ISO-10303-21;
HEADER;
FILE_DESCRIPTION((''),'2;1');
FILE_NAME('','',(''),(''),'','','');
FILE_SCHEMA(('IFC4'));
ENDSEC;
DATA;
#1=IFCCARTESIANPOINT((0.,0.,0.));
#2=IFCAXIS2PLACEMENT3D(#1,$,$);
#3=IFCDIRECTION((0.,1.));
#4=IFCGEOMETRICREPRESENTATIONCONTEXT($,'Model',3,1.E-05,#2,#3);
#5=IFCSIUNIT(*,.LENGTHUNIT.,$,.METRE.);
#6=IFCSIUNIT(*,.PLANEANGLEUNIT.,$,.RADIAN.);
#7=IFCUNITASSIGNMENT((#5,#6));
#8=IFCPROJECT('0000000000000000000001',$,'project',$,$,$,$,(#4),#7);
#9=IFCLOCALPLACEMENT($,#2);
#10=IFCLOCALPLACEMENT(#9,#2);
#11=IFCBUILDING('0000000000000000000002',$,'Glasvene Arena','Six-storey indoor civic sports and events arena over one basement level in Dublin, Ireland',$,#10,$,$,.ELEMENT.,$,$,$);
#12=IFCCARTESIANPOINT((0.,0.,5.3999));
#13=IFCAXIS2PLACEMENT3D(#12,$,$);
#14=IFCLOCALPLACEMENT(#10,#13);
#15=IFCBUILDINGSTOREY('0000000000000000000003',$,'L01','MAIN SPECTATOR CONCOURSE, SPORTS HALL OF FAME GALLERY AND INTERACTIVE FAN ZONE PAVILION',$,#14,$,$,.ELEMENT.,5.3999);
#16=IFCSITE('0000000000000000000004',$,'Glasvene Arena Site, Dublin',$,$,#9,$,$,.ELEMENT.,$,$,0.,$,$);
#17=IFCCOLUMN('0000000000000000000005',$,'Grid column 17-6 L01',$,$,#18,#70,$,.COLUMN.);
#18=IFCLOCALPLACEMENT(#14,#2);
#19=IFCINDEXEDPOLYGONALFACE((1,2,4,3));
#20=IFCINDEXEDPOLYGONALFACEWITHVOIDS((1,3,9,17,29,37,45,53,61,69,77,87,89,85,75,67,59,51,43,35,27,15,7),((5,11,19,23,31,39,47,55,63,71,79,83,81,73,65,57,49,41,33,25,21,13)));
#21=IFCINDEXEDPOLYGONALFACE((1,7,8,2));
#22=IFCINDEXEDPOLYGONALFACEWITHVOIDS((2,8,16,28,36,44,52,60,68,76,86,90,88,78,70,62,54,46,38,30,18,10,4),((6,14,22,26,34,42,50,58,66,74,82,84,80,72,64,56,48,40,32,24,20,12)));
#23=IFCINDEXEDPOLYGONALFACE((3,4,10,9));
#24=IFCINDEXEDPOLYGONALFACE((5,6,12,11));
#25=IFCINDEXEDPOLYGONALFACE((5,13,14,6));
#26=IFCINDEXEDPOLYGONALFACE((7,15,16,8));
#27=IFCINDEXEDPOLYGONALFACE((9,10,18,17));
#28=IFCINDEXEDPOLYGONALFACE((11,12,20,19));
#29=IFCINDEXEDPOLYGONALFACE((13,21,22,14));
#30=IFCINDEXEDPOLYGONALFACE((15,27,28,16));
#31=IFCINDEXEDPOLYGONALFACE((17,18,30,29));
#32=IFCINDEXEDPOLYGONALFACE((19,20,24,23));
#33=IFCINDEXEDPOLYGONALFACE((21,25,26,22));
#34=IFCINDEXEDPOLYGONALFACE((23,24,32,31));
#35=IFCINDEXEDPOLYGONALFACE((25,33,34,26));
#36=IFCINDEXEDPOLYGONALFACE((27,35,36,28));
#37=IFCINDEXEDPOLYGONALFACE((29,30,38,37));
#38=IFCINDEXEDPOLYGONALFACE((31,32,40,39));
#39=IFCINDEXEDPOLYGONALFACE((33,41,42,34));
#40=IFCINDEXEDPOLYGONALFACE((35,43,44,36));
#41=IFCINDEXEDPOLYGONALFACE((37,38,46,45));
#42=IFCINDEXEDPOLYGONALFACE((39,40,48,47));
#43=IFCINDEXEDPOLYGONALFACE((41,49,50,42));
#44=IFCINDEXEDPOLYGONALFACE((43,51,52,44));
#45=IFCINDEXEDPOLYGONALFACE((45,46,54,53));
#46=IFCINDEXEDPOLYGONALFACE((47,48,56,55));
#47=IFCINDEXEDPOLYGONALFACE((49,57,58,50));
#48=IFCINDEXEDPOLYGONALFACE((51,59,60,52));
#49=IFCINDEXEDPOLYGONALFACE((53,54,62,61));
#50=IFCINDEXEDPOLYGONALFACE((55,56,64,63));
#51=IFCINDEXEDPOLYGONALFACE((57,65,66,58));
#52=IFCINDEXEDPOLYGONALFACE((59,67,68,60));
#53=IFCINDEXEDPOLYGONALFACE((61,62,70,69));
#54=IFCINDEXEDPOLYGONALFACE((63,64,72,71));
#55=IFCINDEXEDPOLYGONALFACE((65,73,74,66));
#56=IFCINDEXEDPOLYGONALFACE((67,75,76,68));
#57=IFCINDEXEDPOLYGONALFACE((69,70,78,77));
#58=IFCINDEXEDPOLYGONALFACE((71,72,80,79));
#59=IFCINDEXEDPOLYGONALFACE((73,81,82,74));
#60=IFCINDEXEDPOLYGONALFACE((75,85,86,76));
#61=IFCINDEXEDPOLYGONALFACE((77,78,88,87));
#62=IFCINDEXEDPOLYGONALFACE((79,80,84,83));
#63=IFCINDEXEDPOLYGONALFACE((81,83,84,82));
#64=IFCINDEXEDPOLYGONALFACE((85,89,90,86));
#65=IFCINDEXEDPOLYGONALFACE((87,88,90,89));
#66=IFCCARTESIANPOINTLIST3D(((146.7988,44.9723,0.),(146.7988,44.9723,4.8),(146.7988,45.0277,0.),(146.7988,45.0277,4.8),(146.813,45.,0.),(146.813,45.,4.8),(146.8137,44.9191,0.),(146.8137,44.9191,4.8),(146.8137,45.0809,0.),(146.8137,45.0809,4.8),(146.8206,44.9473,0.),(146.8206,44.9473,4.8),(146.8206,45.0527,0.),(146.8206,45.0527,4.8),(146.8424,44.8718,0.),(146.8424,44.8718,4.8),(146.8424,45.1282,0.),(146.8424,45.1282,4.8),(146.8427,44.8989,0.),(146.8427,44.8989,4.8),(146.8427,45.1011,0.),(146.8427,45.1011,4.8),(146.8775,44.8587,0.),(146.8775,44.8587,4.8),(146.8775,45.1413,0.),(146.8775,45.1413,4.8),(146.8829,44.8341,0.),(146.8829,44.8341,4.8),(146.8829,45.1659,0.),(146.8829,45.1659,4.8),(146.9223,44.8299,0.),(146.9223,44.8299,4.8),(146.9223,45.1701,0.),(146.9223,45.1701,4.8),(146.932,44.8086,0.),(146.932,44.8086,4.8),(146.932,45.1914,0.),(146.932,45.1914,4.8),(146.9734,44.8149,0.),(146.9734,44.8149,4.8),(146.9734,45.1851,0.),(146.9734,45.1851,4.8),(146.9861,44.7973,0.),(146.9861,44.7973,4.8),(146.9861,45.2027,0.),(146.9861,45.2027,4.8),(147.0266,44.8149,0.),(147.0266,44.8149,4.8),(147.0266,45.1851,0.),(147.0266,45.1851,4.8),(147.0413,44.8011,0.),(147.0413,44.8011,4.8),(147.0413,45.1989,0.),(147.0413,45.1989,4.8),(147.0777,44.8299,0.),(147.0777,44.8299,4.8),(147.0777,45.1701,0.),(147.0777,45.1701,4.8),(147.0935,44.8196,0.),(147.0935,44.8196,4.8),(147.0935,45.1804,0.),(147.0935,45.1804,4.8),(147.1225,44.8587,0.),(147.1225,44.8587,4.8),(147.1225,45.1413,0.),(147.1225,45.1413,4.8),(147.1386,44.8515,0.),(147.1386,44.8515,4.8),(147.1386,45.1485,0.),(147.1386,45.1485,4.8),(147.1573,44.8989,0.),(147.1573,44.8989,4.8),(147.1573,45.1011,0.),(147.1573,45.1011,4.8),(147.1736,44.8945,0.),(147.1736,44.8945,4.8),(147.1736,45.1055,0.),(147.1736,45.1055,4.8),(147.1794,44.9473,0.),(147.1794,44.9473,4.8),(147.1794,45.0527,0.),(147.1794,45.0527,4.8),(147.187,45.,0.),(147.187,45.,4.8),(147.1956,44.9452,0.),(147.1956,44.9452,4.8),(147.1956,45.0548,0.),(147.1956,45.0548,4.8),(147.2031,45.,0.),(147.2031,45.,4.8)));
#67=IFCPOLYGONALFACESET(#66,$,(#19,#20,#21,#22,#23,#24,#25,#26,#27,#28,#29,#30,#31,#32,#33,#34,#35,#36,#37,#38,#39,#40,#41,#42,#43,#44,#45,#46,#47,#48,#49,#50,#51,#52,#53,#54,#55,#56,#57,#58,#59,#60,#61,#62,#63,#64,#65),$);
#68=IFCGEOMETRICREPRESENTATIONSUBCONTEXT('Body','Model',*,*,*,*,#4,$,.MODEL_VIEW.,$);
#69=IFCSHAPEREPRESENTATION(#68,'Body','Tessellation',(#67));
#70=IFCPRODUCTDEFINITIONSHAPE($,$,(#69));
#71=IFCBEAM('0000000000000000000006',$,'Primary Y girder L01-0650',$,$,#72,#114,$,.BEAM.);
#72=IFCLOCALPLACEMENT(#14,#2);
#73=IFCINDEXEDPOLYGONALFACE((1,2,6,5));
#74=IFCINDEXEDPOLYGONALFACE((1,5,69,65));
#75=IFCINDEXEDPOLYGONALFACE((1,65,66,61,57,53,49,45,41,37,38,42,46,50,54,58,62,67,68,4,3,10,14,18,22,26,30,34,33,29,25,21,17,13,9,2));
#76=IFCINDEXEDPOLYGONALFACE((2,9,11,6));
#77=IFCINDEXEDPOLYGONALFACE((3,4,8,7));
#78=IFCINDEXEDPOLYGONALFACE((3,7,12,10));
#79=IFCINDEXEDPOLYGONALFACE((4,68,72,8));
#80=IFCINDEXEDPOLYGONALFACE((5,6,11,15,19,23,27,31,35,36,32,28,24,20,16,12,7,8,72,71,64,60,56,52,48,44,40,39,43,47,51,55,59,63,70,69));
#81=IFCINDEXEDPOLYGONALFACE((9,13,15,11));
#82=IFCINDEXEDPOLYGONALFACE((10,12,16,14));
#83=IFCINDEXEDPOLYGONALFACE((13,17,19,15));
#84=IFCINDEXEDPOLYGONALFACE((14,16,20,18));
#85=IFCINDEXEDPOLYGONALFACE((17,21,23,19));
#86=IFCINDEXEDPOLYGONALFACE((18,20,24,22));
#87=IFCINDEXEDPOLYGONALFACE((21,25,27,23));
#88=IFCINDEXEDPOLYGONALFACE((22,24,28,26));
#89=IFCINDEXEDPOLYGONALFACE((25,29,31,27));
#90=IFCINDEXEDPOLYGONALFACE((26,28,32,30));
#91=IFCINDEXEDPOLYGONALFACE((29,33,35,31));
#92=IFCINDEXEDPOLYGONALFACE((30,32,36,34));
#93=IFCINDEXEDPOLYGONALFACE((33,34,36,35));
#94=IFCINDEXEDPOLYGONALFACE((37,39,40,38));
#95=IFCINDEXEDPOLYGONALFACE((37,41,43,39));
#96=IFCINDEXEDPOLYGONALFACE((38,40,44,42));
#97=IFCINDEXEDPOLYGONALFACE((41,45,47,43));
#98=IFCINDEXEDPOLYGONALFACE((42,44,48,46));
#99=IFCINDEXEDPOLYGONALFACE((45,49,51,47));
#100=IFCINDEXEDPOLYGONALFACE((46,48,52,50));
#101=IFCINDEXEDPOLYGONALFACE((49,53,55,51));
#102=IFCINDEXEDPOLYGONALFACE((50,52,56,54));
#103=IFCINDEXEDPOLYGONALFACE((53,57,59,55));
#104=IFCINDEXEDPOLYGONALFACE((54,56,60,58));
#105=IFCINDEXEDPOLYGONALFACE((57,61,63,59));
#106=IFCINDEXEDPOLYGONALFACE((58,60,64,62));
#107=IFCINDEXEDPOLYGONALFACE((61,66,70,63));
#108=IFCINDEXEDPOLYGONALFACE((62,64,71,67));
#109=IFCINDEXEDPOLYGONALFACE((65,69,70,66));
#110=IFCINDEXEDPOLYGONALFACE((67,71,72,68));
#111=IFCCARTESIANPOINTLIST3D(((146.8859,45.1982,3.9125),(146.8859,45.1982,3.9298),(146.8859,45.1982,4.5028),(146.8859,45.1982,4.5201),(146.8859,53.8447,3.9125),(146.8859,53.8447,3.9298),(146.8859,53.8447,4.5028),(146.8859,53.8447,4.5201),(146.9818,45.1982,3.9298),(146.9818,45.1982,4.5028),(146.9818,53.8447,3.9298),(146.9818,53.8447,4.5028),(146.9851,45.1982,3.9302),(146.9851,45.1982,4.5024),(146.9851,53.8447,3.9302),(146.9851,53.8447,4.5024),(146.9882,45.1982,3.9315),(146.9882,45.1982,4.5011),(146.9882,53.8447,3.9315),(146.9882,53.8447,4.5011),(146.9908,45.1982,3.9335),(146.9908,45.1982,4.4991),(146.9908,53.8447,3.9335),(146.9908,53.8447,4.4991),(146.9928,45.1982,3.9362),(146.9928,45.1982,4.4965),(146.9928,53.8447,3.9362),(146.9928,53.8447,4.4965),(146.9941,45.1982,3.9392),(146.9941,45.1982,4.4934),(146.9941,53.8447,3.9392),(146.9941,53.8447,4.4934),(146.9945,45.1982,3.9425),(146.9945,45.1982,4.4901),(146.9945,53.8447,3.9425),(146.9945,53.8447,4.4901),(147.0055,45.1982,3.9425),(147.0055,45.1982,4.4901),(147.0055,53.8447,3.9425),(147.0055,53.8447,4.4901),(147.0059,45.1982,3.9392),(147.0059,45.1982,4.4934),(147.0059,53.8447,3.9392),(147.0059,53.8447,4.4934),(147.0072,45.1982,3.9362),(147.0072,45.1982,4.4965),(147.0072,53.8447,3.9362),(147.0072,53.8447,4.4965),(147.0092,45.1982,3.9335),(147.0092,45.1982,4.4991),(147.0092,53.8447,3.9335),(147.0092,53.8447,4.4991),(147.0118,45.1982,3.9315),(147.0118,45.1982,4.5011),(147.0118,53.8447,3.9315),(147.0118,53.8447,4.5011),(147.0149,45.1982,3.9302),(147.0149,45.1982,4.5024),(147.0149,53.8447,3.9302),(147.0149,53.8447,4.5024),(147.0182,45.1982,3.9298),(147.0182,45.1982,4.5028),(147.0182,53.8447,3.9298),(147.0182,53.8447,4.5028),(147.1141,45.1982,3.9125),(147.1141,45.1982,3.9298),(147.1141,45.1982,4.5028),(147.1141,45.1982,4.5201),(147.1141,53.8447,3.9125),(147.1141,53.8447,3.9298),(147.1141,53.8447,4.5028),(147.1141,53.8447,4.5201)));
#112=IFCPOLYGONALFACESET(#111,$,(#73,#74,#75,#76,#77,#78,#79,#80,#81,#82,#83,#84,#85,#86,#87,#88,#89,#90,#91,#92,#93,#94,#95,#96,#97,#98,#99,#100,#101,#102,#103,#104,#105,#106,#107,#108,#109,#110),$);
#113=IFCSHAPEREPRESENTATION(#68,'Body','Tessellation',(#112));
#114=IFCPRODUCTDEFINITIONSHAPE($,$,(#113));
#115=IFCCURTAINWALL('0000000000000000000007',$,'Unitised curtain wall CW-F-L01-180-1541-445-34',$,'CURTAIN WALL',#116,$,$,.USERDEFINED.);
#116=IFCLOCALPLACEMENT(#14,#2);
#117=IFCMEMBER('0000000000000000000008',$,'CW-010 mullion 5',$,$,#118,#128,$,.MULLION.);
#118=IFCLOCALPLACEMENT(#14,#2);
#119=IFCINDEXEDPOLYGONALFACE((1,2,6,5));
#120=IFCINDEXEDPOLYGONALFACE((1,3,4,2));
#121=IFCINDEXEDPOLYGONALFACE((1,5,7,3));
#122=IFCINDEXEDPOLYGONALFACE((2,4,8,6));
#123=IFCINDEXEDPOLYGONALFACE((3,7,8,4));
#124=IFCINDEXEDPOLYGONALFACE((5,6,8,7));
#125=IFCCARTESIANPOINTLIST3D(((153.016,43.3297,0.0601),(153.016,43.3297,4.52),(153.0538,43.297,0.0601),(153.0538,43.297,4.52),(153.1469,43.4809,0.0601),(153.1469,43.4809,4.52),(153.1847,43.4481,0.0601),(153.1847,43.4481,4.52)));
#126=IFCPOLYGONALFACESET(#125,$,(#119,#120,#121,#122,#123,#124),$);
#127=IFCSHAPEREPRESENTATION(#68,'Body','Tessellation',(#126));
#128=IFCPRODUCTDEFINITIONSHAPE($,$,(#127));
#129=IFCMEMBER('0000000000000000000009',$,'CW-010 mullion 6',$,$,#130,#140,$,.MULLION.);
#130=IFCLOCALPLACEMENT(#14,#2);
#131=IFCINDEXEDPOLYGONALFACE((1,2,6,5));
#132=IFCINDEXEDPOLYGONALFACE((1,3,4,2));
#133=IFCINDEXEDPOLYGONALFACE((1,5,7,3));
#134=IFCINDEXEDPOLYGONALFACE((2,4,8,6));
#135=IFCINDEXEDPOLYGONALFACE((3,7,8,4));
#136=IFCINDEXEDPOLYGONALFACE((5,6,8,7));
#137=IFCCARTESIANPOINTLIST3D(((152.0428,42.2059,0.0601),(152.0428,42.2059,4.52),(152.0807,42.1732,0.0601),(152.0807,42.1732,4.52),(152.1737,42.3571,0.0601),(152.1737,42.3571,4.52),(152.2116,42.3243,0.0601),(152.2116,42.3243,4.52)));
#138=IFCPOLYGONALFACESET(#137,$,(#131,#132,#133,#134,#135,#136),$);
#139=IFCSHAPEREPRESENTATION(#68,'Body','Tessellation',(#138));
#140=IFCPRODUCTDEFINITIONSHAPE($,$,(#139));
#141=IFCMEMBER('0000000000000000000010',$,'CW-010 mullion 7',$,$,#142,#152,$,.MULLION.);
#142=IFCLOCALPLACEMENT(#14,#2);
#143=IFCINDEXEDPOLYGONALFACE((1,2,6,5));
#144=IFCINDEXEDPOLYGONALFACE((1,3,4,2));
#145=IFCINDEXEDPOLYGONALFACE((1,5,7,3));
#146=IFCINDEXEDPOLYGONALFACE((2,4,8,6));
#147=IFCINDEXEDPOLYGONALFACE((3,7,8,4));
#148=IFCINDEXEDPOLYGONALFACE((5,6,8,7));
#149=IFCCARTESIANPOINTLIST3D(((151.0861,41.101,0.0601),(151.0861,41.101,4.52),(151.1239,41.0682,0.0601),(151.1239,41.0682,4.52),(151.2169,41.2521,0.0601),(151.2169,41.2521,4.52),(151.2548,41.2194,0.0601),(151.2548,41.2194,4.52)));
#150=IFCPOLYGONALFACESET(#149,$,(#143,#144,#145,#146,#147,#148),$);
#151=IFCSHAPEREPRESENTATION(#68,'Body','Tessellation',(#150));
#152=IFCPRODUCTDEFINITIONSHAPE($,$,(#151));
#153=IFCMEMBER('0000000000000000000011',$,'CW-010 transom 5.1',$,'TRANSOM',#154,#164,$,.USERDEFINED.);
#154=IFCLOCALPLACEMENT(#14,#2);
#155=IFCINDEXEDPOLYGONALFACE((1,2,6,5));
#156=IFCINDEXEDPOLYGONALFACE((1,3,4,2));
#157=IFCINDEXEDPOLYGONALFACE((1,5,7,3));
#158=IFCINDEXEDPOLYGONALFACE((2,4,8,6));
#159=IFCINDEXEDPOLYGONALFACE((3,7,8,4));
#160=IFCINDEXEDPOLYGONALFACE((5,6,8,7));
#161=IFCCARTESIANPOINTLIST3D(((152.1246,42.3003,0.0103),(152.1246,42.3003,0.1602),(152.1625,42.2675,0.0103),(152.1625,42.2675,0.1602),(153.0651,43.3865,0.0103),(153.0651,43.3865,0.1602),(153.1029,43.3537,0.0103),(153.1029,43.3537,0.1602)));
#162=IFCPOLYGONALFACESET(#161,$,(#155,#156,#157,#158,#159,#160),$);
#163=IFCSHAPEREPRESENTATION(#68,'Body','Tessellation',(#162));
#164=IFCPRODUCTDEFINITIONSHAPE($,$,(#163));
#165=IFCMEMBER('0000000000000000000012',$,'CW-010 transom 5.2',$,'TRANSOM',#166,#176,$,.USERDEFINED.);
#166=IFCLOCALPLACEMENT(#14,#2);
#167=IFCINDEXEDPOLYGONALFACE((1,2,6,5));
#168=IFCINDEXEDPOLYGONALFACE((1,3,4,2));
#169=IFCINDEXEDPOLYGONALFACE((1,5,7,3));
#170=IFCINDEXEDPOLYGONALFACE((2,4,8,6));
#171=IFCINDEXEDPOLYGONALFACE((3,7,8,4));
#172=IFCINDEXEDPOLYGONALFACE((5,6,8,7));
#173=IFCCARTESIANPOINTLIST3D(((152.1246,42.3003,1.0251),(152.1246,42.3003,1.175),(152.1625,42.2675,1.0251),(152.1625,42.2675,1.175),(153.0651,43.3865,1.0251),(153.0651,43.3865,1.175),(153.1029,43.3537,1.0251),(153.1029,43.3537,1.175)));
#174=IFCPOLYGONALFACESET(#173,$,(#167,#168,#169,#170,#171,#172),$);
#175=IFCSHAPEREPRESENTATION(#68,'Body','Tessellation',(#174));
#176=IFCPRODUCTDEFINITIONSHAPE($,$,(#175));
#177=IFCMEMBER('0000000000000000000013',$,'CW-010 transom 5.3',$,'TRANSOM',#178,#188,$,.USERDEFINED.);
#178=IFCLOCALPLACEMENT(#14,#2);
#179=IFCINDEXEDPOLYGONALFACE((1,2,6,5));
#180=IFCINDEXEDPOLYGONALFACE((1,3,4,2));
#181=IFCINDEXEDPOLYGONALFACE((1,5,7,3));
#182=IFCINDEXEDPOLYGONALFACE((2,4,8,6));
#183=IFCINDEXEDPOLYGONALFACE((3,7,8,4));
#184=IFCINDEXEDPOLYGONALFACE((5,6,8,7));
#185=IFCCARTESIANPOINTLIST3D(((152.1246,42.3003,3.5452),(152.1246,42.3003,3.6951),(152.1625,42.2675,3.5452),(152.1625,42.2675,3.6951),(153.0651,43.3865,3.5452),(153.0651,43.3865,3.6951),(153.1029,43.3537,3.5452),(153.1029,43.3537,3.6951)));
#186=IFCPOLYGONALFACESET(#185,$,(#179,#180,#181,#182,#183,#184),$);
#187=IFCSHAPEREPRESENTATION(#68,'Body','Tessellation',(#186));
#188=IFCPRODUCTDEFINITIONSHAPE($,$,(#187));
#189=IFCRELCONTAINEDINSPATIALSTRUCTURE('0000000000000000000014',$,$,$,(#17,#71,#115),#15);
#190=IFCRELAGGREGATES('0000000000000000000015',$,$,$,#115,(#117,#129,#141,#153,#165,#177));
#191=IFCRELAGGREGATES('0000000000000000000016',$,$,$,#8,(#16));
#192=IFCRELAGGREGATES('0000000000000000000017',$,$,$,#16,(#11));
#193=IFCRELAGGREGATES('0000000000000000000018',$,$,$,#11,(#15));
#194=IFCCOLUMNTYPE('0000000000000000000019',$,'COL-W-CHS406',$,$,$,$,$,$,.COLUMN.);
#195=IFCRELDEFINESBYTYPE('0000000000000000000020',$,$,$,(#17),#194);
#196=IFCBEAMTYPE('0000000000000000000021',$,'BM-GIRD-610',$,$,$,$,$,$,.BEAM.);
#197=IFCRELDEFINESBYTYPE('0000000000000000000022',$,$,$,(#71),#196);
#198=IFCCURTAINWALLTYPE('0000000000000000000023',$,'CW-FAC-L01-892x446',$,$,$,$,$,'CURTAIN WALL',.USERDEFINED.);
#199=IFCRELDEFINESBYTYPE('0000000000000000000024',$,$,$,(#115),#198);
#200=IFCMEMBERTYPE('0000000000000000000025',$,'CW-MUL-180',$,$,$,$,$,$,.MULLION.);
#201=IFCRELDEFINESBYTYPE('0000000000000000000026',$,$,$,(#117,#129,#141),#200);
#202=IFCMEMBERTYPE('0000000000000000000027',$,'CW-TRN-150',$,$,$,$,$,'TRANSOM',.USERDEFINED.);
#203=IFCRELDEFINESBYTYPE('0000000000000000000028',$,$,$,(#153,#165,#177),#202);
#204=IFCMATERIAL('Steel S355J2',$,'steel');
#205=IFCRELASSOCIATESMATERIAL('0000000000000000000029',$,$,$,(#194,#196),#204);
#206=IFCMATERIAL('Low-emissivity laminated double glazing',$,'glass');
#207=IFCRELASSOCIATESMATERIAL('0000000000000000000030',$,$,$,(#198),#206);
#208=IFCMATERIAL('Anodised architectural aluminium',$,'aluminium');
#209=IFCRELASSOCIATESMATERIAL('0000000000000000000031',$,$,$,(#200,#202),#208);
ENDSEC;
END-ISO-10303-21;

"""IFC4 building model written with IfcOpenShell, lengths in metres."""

from ifc_helpers import new_model, si_unit, direction, frame, origin, origin_2d, place, context, subcontext, project, spatial, rectangle, hollow_circle, i_section, extrude, material, material_profile, profile_set, type_object, element, aggregate, save


model = new_model("IFC4")

# Units and contexts
model_context = context("Model", 3, precision=1e-05, world=origin(), true_north=direction((0.0, 1.0)))
body_context = subcontext(model_context, "Body", "Model", "MODEL_VIEW")
ifc_project = project(units=[si_unit("LENGTHUNIT", "METRE"), si_unit("PLANEANGLEUNIT", "RADIAN")], contexts=[model_context])

# Site, building, storey
site_placement = place(None, origin())
site = spatial("IfcSite", under=ifc_project, at=site_placement, Name="Glasvene Arena Site, Dublin", CompositionType="ELEMENT", RefElevation=0.0)
building_placement = place(site_placement, origin())
building = spatial("IfcBuilding", under=site, at=building_placement, Name="Glasvene Arena", Description="Six-storey indoor civic sports and events arena over one basement level in Dublin, Ireland", CompositionType="ELEMENT")
storey_placement = place(building_placement, frame((0.0, 0.0, 5.3999)))
storey = spatial("IfcBuildingStorey", under=building, at=storey_placement, Name="L01", Description="MAIN SPECTATOR CONCOURSE, SPORTS HALL OF FAME GALLERY AND INTERACTIVE FAN ZONE PAVILION", CompositionType="ELEMENT", Elevation=5.3999)

# Column
ifc_material_1 = material(Name="Steel S355J2", Category="steel")
ifc_material_profile_1 = material_profile(ifc_material_1, hollow_circle(Radius=0.2031, WallThickness=0.0161, at=origin_2d()), Name="CHS 406.4x16.0")
ifc_profile_set_1 = profile_set([ifc_material_profile_1], Name="Steel S355J2")
column_type = type_object("IfcColumnType", Name="COL-W-CHS406", PredefinedType="COLUMN", material=ifc_profile_set_1)
column_placement = place(storey_placement, frame((147.0, 45.0, 0.0), z_axis=(0.0, 0.0, 1.0), x_axis=(1.0, 0.0, 0.0)))
element("IfcColumn", 1, at=column_placement, inside=storey, type_object=column_type, Name="Grid column 17-6 L01", PredefinedType="COLUMN", context=body_context, shape_type="SweptSolid", body=[
    extrude(hollow_circle(Radius=0.2031, WallThickness=0.0161, at=origin_2d()), origin(), (0.0, 0.0, 1.0), 4.8),
])

# Beam
ifc_material_profile_2 = material_profile(ifc_material_1, i_section(OverallWidth=0.2283, OverallDepth=0.6077, WebThickness=0.011, FlangeThickness=0.0173, FilletRadius=0.0127, at=origin_2d()), Name="UKB 610x229x113")
ifc_profile_set_2 = profile_set([ifc_material_profile_2], Name="Steel S355J2")
beam_type = type_object("IfcBeamType", Name="BM-GIRD-610", PredefinedType="BEAM", material=ifc_profile_set_2)
beam_placement = place(storey_placement, frame((147.0, 45.1982, 4.2163), z_axis=(0.0, 1.0, 0.0), x_axis=(-1.0, 0.0, 0.0)))
element("IfcBeam", 2, at=beam_placement, inside=storey, type_object=beam_type, Name="Primary Y girder L01-0650", PredefinedType="BEAM", context=body_context, shape_type="SweptSolid", body=[
    extrude(i_section(OverallWidth=0.2283, OverallDepth=0.6077, WebThickness=0.011, FlangeThickness=0.0173, FilletRadius=0.0127, at=origin_2d()), origin(), (0.0, 0.0, 1.0), 8.6465),
])

# Curtain wall, members
ifc_material_2 = material(Name="Low-emissivity laminated double glazing", Category="glass")
curtain_wall_type = type_object("IfcCurtainWallType", Name="CW-FAC-L01-892x446", ElementType="CURTAIN WALL", PredefinedType="USERDEFINED", material=ifc_material_2)
curtain_wall_placement = place(storey_placement, frame((156.9927, 47.8845, 0.0)))
curtain_wall = element("IfcCurtainWall", 3, at=curtain_wall_placement, inside=storey, type_object=curtain_wall_type, Name="Unitised curtain wall CW-F-L01-180-1541-445-34", ObjectType="CURTAIN WALL", PredefinedType="USERDEFINED")
ifc_material_3 = material(Name="Anodised architectural aluminium", Category="aluminium")
ifc_material_profile_3 = material_profile(ifc_material_3, rectangle(XDim=0.05, YDim=0.2, at=origin_2d()), Name="ALU MULLION 50x200")
ifc_profile_set_3 = profile_set([ifc_material_profile_3], Name="Anodised architectural aluminium")
member_type_1 = type_object("IfcMemberType", Name="CW-MUL-180", PredefinedType="MULLION", material=ifc_profile_set_3)
member_1_placement = place(storey_placement, frame((153.1003, 43.3889, 0.0601), z_axis=(0.0, 0.0, 1.0), x_axis=(0.755995, -0.654577, 0.0)))
member_1 = element("IfcMember", 4, at=member_1_placement, type_object=member_type_1, Name="CW-010 mullion 5", PredefinedType="MULLION", context=body_context, shape_type="SweptSolid", body=[
    extrude(rectangle(XDim=0.05, YDim=0.2, at=origin_2d()), origin(), (0.0, 0.0, 1.0), 4.46),
])
member_2_placement = place(storey_placement, frame((152.1272, 42.2651, 0.0601), z_axis=(0.0, 0.0, 1.0), x_axis=(0.755995, -0.654577, 0.0)))
member_2 = element("IfcMember", 5, at=member_2_placement, type_object=member_type_1, Name="CW-010 mullion 6", PredefinedType="MULLION", context=body_context, shape_type="SweptSolid", body=[
    extrude(rectangle(XDim=0.05, YDim=0.2, at=origin_2d()), origin(), (0.0, 0.0, 1.0), 4.46),
])
member_3_placement = place(storey_placement, frame((151.1704, 41.1602, 0.0601), z_axis=(0.0, 0.0, 1.0), x_axis=(0.755995, -0.654577, 0.0)))
member_3 = element("IfcMember", 6, at=member_3_placement, type_object=member_type_1, Name="CW-010 mullion 7", PredefinedType="MULLION", context=body_context, shape_type="SweptSolid", body=[
    extrude(rectangle(XDim=0.05, YDim=0.2, at=origin_2d()), origin(), (0.0, 0.0, 1.0), 4.46),
])
ifc_material_profile_4 = material_profile(ifc_material_3, rectangle(XDim=0.05, YDim=0.1499, at=origin_2d()), Name="ALU TRANSOM 50x150")
ifc_profile_set_4 = profile_set([ifc_material_profile_4], Name="Anodised architectural aluminium")
member_type_2 = type_object("IfcMemberType", Name="CW-TRN-150", ElementType="TRANSOM", PredefinedType="USERDEFINED", material=ifc_profile_set_4)
member_4_placement = place(storey_placement, frame((153.084, 43.3701, 0.0852), z_axis=(-0.654562, -0.756009, 0.0), x_axis=(0.756009, -0.654562, 0.0)))
member_4 = element("IfcMember", 7, at=member_4_placement, type_object=member_type_2, Name="CW-010 transom 5.1", ObjectType="TRANSOM", PredefinedType="USERDEFINED", context=body_context, shape_type="SweptSolid", body=[
    extrude(rectangle(XDim=0.05, YDim=0.1499, at=origin_2d()), origin(), (0.0, 0.0, 1.0), 1.4368),
])
member_5_placement = place(storey_placement, frame((153.084, 43.3701, 1.1001), z_axis=(-0.654562, -0.756009, 0.0), x_axis=(0.756009, -0.654562, 0.0)))
member_5 = element("IfcMember", 8, at=member_5_placement, type_object=member_type_2, Name="CW-010 transom 5.2", ObjectType="TRANSOM", PredefinedType="USERDEFINED", context=body_context, shape_type="SweptSolid", body=[
    extrude(rectangle(XDim=0.05, YDim=0.1499, at=origin_2d()), origin(), (0.0, 0.0, 1.0), 1.4368),
])
member_6_placement = place(storey_placement, frame((153.084, 43.3701, 3.6201), z_axis=(-0.654562, -0.756009, 0.0), x_axis=(0.756009, -0.654562, 0.0)))
member_6 = element("IfcMember", 9, at=member_6_placement, type_object=member_type_2, Name="CW-010 transom 5.3", ObjectType="TRANSOM", PredefinedType="USERDEFINED", context=body_context, shape_type="SweptSolid", body=[
    extrude(rectangle(XDim=0.05, YDim=0.1499, at=origin_2d()), origin(), (0.0, 0.0, 1.0), 1.4368),
])
aggregate(curtain_wall, [member_1, member_2, member_3, member_4, member_5, member_6])

save(model, "model.ifc")
